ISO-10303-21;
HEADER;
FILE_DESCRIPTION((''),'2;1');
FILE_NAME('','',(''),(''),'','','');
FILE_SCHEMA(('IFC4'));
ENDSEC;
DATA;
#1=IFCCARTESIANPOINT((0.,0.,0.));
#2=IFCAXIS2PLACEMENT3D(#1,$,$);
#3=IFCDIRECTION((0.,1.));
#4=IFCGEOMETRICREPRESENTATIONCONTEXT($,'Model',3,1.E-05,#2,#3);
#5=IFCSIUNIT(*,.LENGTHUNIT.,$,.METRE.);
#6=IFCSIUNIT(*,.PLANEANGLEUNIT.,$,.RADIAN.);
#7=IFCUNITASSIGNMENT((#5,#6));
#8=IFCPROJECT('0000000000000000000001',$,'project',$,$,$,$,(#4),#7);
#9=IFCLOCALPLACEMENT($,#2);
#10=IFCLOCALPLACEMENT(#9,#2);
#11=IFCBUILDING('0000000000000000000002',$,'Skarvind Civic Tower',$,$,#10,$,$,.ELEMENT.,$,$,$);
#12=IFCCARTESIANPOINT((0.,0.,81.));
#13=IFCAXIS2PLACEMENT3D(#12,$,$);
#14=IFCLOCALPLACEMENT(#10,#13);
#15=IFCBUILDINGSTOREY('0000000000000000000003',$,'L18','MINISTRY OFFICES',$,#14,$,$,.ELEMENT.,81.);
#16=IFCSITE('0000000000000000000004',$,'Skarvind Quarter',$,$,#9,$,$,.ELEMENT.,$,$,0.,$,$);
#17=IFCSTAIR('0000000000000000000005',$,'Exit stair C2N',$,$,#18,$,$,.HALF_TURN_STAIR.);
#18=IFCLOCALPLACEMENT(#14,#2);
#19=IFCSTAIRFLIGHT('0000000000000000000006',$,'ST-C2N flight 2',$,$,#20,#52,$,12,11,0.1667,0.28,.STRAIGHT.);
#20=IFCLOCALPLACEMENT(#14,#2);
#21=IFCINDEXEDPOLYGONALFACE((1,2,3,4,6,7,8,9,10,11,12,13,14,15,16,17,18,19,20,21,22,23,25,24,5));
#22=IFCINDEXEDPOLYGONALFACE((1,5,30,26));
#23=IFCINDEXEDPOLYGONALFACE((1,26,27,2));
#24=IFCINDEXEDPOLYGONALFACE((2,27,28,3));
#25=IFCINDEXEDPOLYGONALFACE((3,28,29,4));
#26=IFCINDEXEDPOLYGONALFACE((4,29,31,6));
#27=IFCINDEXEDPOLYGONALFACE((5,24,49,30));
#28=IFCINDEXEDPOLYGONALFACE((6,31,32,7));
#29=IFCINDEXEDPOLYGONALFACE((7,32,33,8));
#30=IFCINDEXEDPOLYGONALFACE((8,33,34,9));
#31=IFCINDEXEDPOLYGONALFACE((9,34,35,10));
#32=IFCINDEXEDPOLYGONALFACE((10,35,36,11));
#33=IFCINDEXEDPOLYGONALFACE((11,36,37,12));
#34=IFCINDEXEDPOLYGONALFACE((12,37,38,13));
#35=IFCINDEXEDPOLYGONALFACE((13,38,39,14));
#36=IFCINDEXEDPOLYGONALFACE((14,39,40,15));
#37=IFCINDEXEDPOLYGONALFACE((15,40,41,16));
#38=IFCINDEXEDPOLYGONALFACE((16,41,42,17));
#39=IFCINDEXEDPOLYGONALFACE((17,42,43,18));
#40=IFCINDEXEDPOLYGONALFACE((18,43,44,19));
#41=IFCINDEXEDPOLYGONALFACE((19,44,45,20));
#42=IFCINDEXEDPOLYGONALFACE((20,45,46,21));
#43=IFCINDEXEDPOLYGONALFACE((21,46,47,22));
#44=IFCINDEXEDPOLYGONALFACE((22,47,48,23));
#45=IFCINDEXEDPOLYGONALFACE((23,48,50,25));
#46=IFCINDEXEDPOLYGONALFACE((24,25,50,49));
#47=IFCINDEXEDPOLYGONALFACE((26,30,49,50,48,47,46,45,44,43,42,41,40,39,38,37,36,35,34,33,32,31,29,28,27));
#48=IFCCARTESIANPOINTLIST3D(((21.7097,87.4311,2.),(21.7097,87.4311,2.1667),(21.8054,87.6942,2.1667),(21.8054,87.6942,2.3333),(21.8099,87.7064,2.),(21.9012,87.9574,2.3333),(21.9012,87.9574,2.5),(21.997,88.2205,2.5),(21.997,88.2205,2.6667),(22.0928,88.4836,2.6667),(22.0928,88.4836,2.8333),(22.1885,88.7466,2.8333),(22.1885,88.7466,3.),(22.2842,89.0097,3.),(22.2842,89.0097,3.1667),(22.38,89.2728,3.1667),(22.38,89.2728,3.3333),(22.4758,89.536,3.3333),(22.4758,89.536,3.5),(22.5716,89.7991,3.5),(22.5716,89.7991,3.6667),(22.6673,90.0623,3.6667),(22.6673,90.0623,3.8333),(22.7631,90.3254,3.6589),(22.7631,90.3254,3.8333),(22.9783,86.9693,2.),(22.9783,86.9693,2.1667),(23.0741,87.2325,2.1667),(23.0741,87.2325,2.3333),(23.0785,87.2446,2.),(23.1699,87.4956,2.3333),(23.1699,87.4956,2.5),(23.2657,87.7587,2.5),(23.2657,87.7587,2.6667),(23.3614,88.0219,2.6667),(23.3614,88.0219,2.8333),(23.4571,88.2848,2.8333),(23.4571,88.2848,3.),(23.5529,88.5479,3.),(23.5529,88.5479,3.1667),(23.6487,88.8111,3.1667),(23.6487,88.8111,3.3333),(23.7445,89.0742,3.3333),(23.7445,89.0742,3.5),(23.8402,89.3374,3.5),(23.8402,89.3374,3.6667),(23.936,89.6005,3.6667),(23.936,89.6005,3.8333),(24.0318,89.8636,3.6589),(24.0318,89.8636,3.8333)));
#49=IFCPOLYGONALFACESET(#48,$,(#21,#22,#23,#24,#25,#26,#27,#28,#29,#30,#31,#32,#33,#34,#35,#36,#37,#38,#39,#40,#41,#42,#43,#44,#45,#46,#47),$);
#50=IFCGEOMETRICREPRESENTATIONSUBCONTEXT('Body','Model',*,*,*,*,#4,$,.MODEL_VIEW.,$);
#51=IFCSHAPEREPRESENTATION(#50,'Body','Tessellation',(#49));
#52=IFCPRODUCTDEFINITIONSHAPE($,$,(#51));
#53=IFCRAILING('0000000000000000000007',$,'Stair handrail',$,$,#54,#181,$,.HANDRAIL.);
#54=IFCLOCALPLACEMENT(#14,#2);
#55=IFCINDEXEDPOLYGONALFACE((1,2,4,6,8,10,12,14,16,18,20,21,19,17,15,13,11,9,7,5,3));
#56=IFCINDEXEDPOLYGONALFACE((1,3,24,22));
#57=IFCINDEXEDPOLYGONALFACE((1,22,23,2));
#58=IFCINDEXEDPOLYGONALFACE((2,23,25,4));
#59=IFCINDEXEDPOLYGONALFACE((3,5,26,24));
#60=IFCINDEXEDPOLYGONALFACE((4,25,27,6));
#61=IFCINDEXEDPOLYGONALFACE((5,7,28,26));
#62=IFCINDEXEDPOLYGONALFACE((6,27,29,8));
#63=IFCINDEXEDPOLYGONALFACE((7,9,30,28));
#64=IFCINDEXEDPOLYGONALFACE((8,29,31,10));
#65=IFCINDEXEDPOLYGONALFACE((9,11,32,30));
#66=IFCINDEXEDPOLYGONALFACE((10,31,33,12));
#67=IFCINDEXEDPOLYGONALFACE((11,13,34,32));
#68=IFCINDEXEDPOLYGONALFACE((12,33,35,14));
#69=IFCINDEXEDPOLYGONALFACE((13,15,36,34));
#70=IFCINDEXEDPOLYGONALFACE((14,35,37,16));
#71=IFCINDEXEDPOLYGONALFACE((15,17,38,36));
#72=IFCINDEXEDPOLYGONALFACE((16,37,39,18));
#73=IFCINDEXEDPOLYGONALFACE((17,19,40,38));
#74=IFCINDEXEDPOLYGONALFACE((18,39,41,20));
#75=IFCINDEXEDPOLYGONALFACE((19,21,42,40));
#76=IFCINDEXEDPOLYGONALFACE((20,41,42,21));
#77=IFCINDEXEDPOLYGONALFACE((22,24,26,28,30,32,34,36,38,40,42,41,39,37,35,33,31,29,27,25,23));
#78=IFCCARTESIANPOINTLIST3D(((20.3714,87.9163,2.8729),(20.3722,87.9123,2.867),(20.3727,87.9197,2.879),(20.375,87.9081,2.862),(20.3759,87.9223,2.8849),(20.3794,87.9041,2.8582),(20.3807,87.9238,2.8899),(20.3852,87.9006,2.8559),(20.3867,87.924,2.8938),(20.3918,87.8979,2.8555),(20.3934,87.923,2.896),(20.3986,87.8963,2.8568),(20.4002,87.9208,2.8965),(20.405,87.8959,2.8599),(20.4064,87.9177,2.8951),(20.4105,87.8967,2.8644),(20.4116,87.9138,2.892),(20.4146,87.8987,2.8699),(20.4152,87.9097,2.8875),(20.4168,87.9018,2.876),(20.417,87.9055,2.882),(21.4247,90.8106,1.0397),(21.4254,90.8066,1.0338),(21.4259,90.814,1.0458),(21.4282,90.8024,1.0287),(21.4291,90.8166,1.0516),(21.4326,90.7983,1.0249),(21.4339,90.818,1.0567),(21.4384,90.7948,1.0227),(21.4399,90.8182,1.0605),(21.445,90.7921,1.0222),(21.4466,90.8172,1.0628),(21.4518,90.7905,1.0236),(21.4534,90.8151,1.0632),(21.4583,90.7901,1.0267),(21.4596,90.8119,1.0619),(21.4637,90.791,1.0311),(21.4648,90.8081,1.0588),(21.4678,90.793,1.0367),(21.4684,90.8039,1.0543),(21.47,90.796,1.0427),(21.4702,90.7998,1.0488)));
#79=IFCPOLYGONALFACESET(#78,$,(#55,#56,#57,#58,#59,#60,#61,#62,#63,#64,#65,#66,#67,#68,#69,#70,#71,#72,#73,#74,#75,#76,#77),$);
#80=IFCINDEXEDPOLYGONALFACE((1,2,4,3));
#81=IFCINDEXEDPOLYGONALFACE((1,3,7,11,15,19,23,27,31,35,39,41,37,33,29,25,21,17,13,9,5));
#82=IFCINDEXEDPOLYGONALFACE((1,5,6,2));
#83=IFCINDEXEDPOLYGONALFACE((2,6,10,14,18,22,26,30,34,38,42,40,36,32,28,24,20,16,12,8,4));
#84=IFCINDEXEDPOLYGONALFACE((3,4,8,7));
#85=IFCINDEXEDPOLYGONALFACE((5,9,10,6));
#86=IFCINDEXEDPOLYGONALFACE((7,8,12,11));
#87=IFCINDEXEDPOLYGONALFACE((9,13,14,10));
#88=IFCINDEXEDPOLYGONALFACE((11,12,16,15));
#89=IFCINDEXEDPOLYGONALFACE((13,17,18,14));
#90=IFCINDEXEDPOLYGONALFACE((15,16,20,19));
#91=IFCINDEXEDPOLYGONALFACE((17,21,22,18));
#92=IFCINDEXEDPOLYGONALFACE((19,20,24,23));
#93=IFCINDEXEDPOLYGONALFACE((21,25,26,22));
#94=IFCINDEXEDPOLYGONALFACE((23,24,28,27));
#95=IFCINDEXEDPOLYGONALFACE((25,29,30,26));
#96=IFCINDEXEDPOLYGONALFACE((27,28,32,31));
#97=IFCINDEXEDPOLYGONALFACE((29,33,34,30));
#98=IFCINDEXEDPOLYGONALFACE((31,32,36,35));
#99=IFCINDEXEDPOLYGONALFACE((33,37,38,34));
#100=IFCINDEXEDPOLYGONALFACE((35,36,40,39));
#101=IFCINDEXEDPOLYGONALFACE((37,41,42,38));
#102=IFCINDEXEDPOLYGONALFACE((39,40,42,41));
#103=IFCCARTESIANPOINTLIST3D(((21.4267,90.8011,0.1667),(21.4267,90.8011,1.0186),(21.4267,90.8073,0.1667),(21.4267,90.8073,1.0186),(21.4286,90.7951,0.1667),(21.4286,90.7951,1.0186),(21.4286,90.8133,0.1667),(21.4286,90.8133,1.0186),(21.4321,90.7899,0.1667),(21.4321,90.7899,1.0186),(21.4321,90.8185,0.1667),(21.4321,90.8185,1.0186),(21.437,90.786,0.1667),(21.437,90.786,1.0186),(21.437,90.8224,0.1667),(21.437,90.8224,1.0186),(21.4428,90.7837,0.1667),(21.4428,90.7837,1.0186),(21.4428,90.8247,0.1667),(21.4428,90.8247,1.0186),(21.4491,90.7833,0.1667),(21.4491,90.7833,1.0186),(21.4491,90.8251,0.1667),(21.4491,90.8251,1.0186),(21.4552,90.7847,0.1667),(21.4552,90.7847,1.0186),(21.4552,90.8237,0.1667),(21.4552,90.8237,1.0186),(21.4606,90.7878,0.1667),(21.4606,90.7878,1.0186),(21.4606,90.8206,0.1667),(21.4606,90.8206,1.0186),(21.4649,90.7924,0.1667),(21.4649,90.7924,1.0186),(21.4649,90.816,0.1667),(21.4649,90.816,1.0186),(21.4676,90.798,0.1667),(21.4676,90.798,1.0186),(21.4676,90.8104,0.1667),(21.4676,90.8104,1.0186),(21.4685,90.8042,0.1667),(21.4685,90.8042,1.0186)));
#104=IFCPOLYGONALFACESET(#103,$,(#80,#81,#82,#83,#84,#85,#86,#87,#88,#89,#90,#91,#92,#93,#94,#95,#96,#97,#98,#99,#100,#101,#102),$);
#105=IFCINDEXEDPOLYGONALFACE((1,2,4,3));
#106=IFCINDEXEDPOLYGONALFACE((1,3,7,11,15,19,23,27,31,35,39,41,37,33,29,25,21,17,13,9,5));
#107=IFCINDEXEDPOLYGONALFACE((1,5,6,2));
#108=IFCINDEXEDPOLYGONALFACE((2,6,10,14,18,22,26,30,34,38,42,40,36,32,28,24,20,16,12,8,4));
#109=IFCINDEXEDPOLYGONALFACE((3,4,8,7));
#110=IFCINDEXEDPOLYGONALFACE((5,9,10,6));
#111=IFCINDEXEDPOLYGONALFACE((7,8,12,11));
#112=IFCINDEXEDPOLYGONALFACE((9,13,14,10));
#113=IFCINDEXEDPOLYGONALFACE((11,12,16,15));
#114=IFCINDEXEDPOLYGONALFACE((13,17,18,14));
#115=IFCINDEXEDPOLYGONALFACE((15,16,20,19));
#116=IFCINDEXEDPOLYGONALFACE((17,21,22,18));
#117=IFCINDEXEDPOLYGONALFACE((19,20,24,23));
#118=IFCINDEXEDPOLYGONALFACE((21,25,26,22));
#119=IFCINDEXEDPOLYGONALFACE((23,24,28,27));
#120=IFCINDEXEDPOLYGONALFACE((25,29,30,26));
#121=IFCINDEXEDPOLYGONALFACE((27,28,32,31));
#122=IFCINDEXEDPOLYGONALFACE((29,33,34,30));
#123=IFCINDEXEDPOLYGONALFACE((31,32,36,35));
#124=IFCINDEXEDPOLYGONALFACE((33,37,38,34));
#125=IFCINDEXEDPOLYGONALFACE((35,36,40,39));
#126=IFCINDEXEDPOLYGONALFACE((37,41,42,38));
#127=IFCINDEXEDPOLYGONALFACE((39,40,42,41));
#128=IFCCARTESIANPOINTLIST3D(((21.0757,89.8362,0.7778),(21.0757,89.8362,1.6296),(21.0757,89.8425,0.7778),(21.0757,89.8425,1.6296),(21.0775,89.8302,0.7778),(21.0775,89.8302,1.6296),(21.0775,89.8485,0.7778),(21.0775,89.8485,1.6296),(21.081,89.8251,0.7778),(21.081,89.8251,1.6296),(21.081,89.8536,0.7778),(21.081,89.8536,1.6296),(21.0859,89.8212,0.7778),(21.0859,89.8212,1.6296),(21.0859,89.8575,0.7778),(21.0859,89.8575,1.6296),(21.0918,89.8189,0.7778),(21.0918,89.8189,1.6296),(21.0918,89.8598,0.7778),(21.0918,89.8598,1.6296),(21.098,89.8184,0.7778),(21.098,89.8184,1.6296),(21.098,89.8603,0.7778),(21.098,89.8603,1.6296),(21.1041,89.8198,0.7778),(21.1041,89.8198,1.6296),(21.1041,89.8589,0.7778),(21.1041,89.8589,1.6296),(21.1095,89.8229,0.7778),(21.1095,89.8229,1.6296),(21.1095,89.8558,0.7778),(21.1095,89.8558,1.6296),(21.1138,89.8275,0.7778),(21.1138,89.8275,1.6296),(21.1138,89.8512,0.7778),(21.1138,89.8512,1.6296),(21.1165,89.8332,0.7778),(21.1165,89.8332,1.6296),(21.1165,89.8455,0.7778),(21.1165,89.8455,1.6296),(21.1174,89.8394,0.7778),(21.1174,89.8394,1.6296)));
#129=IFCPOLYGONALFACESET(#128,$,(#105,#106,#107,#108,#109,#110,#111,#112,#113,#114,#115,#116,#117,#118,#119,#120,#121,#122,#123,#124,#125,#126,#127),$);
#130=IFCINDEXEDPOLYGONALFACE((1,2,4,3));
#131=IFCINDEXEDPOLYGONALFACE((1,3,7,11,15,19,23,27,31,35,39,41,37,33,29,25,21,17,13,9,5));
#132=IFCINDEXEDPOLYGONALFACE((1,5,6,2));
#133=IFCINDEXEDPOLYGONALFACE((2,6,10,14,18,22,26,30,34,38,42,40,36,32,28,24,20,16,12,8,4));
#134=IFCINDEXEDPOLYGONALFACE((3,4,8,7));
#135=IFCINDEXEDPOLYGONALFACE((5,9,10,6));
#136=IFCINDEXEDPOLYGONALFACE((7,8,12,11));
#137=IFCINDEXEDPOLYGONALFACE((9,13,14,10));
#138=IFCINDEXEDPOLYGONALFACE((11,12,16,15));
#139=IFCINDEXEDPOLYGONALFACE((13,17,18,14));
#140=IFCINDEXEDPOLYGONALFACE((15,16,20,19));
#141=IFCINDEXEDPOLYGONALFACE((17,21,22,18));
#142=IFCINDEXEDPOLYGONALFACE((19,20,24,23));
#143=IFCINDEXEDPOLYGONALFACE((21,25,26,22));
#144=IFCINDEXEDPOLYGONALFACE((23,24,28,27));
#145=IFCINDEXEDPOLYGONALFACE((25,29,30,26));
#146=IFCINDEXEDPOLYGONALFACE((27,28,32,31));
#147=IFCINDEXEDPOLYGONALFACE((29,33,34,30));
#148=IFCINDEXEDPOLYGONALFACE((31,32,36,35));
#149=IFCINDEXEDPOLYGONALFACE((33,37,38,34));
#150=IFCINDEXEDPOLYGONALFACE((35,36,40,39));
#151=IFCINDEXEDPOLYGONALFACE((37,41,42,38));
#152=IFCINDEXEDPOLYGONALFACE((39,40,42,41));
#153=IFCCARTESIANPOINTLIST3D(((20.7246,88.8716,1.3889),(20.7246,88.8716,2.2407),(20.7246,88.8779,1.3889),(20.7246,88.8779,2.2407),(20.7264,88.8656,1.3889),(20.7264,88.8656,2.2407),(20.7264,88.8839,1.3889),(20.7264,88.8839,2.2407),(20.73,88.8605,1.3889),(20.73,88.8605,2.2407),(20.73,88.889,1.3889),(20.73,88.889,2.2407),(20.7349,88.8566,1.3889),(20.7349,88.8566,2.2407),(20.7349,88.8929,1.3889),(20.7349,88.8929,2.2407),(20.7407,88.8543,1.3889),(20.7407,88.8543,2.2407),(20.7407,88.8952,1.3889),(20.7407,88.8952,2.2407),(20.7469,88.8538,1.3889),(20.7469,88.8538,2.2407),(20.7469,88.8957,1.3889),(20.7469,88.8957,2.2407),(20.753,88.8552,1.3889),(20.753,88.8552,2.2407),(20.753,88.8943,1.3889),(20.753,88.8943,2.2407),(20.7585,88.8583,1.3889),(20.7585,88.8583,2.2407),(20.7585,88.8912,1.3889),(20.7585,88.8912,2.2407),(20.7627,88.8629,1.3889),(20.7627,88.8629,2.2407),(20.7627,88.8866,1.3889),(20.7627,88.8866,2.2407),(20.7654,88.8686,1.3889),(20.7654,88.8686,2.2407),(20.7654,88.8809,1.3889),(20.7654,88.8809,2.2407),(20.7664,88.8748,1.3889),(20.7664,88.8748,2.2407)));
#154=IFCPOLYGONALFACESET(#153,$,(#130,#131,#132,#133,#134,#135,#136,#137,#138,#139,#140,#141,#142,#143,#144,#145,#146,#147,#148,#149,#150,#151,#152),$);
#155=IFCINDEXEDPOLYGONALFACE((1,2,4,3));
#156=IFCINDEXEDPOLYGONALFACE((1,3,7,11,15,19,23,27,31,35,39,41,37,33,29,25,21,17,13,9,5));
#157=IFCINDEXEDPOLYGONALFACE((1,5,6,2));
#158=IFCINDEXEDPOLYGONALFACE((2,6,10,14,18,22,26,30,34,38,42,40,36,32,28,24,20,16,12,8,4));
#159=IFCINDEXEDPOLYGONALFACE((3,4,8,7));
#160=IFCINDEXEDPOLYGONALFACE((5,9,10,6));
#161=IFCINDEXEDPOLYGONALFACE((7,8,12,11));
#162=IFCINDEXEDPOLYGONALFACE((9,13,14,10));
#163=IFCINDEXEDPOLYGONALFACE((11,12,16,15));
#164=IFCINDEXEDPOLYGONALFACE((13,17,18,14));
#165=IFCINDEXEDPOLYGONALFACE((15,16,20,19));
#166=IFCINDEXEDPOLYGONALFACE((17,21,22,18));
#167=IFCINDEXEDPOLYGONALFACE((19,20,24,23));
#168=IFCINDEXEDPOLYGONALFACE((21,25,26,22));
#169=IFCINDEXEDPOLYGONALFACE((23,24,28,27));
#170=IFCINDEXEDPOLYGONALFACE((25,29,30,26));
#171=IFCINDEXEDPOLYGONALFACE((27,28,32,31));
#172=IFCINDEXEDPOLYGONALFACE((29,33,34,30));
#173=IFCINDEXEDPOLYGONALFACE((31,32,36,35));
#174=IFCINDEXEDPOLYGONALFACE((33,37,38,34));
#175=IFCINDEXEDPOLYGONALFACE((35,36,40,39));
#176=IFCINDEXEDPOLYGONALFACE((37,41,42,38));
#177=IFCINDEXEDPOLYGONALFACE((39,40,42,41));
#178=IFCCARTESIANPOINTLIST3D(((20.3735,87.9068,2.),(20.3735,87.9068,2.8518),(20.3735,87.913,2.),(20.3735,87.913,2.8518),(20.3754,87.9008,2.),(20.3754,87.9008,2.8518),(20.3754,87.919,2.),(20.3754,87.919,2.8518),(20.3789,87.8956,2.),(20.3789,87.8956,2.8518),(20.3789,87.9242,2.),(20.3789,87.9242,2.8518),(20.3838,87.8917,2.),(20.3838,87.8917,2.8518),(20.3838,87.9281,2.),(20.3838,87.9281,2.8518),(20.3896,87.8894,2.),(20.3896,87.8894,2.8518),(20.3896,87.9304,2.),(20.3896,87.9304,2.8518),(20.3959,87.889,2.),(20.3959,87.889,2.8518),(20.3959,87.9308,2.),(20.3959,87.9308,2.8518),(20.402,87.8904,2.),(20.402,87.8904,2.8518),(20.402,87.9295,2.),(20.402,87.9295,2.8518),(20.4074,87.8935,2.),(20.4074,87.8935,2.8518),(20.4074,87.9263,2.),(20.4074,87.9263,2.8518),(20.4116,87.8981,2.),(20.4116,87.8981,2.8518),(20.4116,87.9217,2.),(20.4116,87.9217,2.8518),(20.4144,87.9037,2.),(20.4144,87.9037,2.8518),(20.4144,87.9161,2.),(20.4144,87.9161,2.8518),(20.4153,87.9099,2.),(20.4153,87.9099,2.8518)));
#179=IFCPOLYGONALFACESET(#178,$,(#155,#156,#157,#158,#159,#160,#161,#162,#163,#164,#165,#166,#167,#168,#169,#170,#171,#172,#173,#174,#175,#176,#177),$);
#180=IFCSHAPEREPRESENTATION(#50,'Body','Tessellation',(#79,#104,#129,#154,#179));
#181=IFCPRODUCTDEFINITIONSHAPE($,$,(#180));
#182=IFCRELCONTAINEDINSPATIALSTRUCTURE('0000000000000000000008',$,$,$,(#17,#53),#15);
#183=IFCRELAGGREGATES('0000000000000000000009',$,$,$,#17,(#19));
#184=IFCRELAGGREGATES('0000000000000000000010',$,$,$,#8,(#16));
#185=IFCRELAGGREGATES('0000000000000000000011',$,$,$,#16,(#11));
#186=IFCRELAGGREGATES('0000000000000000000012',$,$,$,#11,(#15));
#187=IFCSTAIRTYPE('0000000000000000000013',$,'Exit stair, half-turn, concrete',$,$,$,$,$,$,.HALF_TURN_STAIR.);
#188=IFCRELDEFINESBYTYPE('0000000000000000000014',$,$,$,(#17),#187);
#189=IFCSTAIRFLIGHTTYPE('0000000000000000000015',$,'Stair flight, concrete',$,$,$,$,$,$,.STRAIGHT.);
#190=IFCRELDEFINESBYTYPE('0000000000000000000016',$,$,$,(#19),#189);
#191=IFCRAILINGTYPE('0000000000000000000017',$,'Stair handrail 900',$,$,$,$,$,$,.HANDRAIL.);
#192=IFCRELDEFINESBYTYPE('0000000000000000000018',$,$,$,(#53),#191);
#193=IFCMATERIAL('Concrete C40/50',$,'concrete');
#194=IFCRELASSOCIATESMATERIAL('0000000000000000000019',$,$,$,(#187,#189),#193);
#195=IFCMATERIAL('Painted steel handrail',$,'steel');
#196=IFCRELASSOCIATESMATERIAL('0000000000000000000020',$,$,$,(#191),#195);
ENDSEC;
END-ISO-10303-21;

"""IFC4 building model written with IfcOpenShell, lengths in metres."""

from ifc_helpers import new_model, si_unit, direction, frame, origin, origin_2d, place, context, subcontext, project, spatial, polyline, circle, outline, extrude, material, type_object, element, aggregate, save


model = new_model("IFC4")

# Units and contexts
model_context = context("Model", 3, precision=1e-05, world=origin(), true_north=direction((0.0, 1.0)))
body_context = subcontext(model_context, "Body", "Model", "MODEL_VIEW")
ifc_project = project(units=[si_unit("LENGTHUNIT", "METRE"), si_unit("PLANEANGLEUNIT", "RADIAN")], contexts=[model_context])

# Site, building, storey
site_placement = place(None, origin())
site = spatial("IfcSite", under=ifc_project, at=site_placement, Name="Skarvind Quarter", CompositionType="ELEMENT", RefElevation=0.0)
building_placement = place(site_placement, origin())
building = spatial("IfcBuilding", under=site, at=building_placement, Name="Skarvind Civic Tower", CompositionType="ELEMENT")
storey_placement = place(building_placement, frame((0.0, 0.0, 81.0)))
storey = spatial("IfcBuildingStorey", under=building, at=storey_placement, Name="L18", Description="MINISTRY OFFICES", CompositionType="ELEMENT", Elevation=81.0)

# Stair, stair flight
ifc_material_1 = material(Name="Concrete C40/50", Category="concrete")
stair_type = type_object("IfcStairType", Name="Exit stair, half-turn, concrete", PredefinedType="HALF_TURN_STAIR", material=ifc_material_1)
stair_placement = place(storey_placement, origin())
stair = element("IfcStair", 1, at=stair_placement, inside=storey, type_object=stair_type, Name="Exit stair C2N", PredefinedType="HALF_TURN_STAIR")
stair_flight_type = type_object("IfcStairFlightType", Name="Stair flight, concrete", PredefinedType="STRAIGHT", material=ifc_material_1)
stair_flight_1_placement = place(storey_placement, frame((22.344, 87.2002, 2.0), z_axis=(0.0, 0.0, 1.0), x_axis=(0.34202, 0.939693, 0.0)))
stair_flight_1 = element("IfcStairFlight", 2, at=stair_flight_1_placement, type_object=stair_flight_type, Name="ST-C2N flight 2", NumberOfRisers=12, NumberOfTreads=11, PredefinedType="STRAIGHT", RiserHeight=0.1667, TreadLength=0.28, context=body_context, shape_type="SweptSolid", body=[
    extrude(outline(polyline([(0.0, 0.0), (0.0, 0.1667), (0.28, 0.1667), (0.28, 0.3333), (0.5601, 0.3333), (0.5601, 0.5), (0.8401, 0.5), (0.8401, 0.6667), (1.1201, 0.6667), (1.1201, 0.8333), (1.3999, 0.8333), (1.3999, 1.0), (1.6799, 1.0), (1.6799, 1.1667), (1.96, 1.1667), (1.96, 1.3333), (2.24, 1.3333), (2.24, 1.5), (2.52, 1.5), (2.52, 1.6667), (2.8, 1.6667), (2.8, 1.8333), (3.0801, 1.8333), (3.0801, 2.0), (3.0801, 1.6589), (0.293, 0.0), (0.0, 0.0)])), frame((0.0, 0.675, 0.0), z_axis=(0.0, -1.0, 0.0), x_axis=(1.0, 0.0, 0.0)), (0.0, 0.0, 1.0), 1.3501),
])
aggregate(stair, [stair_flight_1])

# Railing
ifc_material_2 = material(Name="Painted steel handrail", Category="steel")
railing_type = type_object("IfcRailingType", Name="Stair handrail 900", PredefinedType="HANDRAIL", material=ifc_material_2)
railing_1_placement = place(storey_placement, frame((21.4475, 90.8042, 0.1667)))
element("IfcRailing", 3, at=railing_1_placement, inside=storey, type_object=railing_type, Name="Stair handrail", PredefinedType="HANDRAIL", context=body_context, shape_type="SweptSolid", body=[
    extrude(circle(Radius=0.0239, at=origin_2d()), frame((0.0, 0.0, 0.876), z_axis=(-0.293846, -0.807497, 0.511472), x_axis=(0.939715, -0.341959, 0.0)), (0.0, 0.0, 1.0), 3.5842),
    extrude(circle(Radius=0.021, at=origin_2d()), origin(), (0.0, 0.0, 1.0), 0.8518),
    extrude(circle(Radius=0.021, at=origin_2d()), frame((-0.3511, -0.9648, 0.6111)), (0.0, 0.0, 1.0), 0.8518),
    extrude(circle(Radius=0.021, at=origin_2d()), frame((-0.7021, -1.9294, 1.2222)), (0.0, 0.0, 1.0), 0.8518),
    extrude(circle(Radius=0.021, at=origin_2d()), frame((-1.0532, -2.8943, 1.8333)), (0.0, 0.0, 1.0), 0.8518),
])

save(model, "model.ifc")
